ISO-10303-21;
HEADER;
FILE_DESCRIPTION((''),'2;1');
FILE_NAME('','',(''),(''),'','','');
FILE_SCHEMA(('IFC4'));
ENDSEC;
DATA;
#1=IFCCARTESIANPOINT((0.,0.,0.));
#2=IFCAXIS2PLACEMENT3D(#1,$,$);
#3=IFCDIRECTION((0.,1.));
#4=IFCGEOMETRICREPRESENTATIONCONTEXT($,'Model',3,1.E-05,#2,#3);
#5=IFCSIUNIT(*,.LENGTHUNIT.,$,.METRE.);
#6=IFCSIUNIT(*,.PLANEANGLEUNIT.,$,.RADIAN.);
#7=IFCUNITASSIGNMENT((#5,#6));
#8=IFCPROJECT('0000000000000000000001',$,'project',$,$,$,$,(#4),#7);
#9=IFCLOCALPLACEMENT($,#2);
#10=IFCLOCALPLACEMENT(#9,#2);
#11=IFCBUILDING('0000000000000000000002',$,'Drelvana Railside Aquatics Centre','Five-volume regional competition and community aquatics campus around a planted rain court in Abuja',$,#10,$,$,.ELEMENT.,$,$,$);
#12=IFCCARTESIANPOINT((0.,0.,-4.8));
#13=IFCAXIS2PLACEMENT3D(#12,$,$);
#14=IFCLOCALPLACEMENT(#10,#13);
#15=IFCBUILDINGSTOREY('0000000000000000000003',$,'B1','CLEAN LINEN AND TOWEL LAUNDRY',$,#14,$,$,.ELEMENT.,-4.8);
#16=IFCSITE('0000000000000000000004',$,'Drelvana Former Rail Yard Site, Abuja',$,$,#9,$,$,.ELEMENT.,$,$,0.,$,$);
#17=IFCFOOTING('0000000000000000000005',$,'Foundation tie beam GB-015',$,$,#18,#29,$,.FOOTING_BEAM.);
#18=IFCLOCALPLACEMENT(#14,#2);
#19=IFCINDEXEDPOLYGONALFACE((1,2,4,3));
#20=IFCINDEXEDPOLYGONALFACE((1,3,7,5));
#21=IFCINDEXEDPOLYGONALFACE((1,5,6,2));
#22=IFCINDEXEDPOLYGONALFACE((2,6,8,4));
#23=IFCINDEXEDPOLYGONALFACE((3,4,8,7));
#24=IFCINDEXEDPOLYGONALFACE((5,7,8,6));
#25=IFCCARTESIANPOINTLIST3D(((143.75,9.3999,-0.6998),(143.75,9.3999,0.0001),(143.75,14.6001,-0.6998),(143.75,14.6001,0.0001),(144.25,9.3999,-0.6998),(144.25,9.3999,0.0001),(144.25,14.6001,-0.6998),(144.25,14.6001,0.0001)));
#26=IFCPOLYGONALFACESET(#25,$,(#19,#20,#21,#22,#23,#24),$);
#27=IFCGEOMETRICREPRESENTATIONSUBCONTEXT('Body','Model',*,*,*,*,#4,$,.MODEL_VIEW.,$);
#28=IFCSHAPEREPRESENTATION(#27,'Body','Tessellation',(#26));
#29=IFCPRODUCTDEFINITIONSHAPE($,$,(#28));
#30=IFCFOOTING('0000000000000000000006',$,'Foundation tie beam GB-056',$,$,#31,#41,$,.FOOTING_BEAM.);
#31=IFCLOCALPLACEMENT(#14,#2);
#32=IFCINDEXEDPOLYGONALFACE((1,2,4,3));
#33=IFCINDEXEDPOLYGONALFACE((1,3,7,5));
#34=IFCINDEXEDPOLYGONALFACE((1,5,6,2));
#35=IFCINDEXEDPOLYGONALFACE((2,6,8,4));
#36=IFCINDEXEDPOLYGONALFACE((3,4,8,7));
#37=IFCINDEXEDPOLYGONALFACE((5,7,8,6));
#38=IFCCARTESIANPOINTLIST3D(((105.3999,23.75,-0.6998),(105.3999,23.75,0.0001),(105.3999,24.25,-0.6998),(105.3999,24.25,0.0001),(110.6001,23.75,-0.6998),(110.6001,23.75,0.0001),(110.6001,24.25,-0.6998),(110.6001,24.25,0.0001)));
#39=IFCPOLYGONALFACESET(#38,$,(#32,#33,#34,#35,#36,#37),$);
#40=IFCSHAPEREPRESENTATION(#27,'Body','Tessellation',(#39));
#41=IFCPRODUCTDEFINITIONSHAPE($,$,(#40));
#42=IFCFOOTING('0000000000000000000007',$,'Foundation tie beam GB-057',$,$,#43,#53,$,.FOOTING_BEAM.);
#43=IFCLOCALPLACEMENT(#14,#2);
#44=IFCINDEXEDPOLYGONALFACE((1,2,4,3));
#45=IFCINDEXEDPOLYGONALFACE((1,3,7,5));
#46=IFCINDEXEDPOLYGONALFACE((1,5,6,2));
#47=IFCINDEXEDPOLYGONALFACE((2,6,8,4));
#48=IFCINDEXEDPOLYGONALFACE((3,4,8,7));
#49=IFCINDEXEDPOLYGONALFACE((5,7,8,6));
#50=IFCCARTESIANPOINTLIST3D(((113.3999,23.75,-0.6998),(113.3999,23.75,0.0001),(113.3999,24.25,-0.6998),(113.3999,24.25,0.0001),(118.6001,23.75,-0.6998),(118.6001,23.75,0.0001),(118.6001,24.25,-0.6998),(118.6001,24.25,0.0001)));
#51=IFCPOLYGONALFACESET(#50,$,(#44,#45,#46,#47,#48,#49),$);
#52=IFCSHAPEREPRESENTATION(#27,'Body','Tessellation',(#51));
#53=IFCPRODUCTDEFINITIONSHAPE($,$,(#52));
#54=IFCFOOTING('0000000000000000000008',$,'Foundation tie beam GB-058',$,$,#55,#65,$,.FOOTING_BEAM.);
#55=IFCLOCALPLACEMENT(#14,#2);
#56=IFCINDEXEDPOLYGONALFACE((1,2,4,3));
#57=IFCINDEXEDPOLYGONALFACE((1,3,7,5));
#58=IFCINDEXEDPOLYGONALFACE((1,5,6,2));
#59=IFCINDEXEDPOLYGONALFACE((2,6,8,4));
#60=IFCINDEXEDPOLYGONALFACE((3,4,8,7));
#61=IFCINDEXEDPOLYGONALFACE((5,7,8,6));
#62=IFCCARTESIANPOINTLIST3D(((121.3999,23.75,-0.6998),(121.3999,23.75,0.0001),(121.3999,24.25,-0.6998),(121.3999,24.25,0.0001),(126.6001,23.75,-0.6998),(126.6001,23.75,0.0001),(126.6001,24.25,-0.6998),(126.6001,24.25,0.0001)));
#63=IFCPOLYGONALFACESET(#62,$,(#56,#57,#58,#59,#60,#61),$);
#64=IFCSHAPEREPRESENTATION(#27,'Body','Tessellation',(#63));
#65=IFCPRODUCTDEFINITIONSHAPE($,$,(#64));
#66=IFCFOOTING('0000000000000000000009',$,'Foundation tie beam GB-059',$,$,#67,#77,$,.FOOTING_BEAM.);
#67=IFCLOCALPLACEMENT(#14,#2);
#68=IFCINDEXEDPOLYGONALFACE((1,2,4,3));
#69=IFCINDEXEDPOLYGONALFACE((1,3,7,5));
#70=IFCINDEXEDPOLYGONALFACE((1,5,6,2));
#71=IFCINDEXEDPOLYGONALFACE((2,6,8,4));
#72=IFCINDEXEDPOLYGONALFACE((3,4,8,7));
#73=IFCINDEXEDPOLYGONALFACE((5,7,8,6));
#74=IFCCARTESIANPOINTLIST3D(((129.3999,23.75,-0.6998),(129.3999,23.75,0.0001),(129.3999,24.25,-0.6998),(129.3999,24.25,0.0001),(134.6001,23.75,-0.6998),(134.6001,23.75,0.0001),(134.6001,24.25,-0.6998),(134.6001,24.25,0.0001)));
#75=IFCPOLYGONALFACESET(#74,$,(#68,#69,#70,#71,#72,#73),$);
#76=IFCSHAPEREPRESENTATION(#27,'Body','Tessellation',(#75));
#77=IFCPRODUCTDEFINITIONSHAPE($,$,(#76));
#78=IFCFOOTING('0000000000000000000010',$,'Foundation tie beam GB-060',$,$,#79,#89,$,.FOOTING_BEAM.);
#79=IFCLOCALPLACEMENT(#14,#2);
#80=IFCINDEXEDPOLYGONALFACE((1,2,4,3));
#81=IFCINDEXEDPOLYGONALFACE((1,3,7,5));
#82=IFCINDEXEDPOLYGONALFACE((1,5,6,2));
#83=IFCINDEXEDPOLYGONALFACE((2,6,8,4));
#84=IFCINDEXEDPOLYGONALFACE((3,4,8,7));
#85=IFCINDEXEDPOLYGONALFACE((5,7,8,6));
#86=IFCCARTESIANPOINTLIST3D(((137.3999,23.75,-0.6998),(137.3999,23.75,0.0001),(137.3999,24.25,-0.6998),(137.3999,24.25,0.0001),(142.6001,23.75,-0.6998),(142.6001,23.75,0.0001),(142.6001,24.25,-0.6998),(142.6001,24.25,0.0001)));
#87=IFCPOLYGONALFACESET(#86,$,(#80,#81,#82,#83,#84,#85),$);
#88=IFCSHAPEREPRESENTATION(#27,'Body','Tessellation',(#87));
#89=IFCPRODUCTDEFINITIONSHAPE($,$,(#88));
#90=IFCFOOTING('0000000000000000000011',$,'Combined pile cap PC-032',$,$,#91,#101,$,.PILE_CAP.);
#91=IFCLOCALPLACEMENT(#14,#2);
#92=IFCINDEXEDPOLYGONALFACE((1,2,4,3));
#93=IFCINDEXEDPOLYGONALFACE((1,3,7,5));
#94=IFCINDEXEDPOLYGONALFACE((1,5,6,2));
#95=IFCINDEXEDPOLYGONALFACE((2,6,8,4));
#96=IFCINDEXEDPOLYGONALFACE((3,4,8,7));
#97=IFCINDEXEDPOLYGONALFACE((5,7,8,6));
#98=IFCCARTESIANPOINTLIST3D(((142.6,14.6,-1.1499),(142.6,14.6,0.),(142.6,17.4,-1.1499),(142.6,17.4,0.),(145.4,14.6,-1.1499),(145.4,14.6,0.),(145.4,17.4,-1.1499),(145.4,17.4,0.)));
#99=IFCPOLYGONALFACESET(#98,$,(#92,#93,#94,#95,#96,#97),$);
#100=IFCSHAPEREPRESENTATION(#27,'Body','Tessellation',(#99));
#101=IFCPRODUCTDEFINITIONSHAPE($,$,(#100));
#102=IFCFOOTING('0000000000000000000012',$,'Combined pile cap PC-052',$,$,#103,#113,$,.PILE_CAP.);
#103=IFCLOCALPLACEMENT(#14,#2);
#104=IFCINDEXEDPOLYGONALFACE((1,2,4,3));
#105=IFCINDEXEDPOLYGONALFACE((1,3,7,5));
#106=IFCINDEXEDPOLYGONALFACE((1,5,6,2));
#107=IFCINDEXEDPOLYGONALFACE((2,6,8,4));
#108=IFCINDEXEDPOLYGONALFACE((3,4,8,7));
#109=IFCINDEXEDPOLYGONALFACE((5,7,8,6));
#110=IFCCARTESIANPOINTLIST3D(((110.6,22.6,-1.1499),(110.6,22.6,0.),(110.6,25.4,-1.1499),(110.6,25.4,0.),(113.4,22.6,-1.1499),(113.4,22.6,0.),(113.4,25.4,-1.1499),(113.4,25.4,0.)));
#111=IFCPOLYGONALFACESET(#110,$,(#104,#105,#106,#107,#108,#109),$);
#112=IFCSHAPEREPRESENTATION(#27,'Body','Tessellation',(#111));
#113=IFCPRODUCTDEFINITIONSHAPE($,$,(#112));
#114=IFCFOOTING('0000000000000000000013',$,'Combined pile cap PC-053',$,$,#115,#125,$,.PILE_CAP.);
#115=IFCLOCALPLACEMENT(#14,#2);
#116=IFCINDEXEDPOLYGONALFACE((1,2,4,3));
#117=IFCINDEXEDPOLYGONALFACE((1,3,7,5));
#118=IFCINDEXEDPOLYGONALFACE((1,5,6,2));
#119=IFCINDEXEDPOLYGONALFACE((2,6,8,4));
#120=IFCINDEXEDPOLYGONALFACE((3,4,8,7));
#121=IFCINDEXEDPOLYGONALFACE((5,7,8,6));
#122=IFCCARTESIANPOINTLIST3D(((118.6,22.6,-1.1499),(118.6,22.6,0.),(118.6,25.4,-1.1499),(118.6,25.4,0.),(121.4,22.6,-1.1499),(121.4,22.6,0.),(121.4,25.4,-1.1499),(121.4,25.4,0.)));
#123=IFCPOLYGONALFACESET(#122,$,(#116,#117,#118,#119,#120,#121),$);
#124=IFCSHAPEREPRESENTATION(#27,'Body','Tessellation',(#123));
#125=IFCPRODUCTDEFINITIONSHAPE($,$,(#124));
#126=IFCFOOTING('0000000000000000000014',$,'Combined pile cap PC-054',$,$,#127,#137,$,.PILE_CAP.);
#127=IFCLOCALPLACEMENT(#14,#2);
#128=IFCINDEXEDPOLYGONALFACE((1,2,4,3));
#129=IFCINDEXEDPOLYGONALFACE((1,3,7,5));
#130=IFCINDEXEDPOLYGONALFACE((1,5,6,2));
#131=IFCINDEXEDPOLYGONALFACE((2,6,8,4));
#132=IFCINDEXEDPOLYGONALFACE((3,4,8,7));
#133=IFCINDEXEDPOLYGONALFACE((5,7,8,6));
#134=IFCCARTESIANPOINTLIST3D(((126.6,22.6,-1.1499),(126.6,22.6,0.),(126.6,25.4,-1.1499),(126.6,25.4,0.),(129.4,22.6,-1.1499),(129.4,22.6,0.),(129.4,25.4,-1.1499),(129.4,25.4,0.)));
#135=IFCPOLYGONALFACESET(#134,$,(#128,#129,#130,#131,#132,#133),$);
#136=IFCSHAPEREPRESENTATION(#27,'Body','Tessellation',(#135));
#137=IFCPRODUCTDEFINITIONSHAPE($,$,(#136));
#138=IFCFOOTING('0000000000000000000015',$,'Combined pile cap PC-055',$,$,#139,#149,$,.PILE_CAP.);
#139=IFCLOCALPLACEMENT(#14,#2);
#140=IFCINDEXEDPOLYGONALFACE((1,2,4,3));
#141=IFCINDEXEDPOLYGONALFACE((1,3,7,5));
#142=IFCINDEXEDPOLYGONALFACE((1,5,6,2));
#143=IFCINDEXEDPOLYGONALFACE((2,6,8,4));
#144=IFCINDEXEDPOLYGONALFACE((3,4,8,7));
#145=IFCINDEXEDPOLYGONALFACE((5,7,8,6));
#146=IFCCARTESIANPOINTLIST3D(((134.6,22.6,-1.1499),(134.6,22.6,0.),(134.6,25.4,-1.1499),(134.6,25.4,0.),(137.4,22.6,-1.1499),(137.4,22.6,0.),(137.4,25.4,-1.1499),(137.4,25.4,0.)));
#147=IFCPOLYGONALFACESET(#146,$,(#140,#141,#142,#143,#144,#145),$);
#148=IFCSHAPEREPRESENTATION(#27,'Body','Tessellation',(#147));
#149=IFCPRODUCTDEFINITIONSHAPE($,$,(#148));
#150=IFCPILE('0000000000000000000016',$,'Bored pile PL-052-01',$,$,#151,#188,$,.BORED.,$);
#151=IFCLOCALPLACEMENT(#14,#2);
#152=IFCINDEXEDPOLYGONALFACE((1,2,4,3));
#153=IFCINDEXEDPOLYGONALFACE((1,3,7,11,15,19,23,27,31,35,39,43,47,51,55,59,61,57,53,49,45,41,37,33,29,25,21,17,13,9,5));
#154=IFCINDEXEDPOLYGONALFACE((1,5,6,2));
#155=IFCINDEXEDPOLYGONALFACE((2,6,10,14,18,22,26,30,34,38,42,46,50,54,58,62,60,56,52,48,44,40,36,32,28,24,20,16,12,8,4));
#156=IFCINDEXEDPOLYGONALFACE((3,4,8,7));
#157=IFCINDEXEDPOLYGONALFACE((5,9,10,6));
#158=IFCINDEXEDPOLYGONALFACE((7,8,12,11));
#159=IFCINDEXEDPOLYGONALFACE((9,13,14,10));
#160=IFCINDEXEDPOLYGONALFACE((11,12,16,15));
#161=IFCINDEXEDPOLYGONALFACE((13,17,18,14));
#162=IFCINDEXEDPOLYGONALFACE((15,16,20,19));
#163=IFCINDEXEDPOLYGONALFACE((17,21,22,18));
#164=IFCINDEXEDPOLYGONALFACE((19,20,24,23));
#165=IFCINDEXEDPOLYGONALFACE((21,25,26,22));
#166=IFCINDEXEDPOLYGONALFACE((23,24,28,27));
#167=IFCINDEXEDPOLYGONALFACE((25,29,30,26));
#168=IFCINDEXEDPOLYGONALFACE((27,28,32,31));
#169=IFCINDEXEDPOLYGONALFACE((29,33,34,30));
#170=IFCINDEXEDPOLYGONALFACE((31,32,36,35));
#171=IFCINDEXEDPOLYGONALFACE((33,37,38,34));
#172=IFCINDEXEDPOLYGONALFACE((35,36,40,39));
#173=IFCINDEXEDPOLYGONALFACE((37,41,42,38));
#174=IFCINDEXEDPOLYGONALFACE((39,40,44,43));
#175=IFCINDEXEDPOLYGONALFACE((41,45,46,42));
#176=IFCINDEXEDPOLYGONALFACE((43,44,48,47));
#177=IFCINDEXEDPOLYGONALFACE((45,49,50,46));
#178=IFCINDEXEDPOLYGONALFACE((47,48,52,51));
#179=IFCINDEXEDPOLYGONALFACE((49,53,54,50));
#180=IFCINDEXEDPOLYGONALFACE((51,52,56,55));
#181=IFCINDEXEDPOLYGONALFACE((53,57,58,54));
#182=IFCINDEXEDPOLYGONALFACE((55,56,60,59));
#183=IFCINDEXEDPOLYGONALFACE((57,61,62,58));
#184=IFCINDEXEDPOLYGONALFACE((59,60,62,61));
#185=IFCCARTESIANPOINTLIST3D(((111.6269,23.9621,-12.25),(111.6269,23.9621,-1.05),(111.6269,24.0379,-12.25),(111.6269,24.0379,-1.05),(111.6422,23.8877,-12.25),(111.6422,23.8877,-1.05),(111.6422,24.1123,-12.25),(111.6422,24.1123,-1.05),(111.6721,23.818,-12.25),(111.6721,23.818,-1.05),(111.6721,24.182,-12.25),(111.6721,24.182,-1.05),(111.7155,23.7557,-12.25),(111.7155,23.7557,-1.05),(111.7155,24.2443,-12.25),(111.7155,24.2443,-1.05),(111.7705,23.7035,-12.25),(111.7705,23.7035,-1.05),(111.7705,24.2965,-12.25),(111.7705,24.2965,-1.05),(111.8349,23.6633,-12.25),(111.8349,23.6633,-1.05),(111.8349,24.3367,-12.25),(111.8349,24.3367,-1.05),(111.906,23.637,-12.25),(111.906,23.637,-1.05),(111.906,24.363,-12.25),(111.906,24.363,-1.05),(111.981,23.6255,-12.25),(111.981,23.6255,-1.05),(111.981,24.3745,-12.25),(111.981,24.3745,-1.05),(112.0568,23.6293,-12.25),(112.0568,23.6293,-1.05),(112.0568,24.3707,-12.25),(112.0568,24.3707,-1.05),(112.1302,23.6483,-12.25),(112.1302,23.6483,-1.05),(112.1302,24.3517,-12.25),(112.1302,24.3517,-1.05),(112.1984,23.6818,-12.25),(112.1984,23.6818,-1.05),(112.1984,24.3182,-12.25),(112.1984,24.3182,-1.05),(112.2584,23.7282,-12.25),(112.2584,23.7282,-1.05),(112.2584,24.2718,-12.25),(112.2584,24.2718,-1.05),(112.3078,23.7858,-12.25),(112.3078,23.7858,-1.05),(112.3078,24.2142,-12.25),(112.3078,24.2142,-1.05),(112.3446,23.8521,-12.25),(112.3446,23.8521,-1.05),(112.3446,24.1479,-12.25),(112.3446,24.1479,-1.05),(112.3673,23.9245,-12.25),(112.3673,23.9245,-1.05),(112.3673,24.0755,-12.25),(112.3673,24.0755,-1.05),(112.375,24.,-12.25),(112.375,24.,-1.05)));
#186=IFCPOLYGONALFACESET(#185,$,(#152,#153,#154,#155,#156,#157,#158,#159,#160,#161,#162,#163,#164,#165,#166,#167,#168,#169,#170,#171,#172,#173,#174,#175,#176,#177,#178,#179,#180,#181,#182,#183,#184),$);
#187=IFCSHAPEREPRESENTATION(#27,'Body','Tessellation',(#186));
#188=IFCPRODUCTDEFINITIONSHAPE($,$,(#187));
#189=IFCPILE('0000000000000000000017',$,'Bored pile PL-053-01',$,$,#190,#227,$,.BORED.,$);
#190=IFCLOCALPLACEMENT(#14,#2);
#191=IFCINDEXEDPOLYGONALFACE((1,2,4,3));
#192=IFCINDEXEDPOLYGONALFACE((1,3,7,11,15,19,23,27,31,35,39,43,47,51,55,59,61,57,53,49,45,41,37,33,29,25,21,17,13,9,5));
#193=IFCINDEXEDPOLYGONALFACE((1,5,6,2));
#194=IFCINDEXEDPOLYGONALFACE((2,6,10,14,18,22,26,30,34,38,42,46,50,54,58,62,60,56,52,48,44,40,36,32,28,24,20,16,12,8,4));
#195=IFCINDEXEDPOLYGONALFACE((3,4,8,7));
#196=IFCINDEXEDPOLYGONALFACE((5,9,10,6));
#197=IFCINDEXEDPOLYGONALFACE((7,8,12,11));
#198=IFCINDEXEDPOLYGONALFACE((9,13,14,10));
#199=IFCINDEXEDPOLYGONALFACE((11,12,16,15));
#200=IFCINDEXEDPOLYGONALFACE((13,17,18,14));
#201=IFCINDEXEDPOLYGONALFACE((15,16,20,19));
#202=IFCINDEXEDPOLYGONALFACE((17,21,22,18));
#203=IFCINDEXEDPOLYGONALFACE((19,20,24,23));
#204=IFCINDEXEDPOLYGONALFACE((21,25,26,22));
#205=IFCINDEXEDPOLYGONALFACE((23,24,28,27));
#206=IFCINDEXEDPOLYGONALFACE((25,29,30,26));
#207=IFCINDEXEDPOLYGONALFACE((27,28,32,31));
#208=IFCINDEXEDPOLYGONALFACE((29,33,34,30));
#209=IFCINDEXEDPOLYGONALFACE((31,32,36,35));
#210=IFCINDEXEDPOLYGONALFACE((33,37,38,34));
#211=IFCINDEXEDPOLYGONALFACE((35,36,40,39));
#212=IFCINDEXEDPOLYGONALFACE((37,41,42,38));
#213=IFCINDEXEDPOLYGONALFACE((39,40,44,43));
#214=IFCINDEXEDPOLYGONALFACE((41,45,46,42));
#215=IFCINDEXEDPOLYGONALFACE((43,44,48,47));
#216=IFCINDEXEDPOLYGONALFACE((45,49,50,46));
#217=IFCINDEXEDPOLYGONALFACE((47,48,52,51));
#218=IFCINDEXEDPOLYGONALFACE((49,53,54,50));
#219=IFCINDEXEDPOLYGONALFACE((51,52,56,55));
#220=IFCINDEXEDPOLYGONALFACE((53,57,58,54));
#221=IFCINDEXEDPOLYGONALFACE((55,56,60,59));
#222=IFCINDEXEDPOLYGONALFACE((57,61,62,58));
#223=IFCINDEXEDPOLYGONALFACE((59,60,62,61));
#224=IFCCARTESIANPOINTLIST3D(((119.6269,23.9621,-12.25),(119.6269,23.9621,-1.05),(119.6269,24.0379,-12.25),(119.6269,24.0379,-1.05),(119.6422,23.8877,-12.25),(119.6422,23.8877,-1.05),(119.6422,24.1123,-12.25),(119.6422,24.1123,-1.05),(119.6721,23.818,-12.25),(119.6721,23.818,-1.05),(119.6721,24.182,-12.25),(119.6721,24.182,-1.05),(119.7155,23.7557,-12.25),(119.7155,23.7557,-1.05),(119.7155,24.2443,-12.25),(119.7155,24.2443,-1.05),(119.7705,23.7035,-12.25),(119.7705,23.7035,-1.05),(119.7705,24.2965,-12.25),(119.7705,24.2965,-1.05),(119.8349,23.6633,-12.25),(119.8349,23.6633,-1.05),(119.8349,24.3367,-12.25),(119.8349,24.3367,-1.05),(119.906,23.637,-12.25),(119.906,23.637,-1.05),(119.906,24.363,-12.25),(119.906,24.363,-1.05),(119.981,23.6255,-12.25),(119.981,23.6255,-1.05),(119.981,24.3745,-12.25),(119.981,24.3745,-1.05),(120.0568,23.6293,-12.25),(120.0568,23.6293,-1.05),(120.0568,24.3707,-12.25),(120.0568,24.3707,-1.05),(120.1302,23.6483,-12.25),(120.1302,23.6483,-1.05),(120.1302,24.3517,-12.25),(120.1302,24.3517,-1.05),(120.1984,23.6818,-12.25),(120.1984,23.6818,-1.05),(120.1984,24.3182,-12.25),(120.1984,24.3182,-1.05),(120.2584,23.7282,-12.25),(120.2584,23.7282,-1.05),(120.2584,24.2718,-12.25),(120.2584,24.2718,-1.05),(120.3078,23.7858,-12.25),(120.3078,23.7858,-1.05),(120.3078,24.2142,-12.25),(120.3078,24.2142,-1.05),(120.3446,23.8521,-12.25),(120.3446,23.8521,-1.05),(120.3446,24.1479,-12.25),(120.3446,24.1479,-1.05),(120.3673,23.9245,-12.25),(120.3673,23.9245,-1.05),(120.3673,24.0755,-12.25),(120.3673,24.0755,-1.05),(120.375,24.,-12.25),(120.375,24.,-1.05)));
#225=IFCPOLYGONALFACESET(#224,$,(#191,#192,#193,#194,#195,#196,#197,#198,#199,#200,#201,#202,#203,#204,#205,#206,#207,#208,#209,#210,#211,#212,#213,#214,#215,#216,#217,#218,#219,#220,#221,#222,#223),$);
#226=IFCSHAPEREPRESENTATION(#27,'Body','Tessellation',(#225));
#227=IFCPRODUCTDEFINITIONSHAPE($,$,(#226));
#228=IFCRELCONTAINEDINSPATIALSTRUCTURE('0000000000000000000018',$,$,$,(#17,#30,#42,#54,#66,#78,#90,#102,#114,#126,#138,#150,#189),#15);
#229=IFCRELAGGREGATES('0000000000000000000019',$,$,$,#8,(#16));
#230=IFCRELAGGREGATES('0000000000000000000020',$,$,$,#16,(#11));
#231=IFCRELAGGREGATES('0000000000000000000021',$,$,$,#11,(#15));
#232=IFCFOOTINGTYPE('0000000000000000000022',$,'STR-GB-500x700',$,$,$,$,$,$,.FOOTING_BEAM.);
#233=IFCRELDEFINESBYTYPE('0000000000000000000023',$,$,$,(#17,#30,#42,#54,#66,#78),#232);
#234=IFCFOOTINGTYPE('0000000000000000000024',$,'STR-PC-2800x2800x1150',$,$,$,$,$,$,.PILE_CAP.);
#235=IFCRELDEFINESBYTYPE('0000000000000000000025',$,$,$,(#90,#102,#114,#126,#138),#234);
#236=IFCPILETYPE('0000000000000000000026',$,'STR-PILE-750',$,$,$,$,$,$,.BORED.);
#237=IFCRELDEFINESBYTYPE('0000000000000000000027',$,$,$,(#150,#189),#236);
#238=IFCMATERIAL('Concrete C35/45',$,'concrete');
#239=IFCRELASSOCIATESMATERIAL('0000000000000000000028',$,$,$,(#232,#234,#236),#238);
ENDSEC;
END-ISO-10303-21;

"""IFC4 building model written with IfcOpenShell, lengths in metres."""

from ifc_helpers import new_model, si_unit, direction, frame, origin, origin_2d, place, context, subcontext, project, spatial, rectangle, circle, extrude, material, material_profile, profile_set, type_object, element, save


model = new_model("IFC4")

# Units and contexts
model_context = context("Model", 3, precision=1e-05, world=origin(), true_north=direction((0.0, 1.0)))
body_context = subcontext(model_context, "Body", "Model", "MODEL_VIEW")
ifc_project = project(units=[si_unit("LENGTHUNIT", "METRE"), si_unit("PLANEANGLEUNIT", "RADIAN")], contexts=[model_context])

# Site, building, storey
site_placement = place(None, origin())
site = spatial("IfcSite", under=ifc_project, at=site_placement, Name="Drelvana Former Rail Yard Site, Abuja", CompositionType="ELEMENT", RefElevation=0.0)
building_placement = place(site_placement, origin())
building = spatial("IfcBuilding", under=site, at=building_placement, Name="Drelvana Railside Aquatics Centre", Description="Five-volume regional competition and community aquatics campus around a planted rain court in Abuja", CompositionType="ELEMENT")
storey_placement = place(building_placement, frame((0.0, 0.0, -4.8)))
storey = spatial("IfcBuildingStorey", under=building, at=storey_placement, Name="B1", Description="CLEAN LINEN AND TOWEL LAUNDRY", CompositionType="ELEMENT", Elevation=-4.8)

# Footings
ifc_material_1 = material(Name="Concrete C35/45", Category="concrete")
ifc_material_profile_1 = material_profile(ifc_material_1, rectangle(XDim=0.5, YDim=0.7, at=origin_2d()), Name="GB 500x700")
ifc_profile_set_1 = profile_set([ifc_material_profile_1], Name="Concrete C35/45")
footing_type_1 = type_object("IfcFootingType", Name="STR-GB-500x700", PredefinedType="FOOTING_BEAM", material=ifc_profile_set_1)
for number, where, z_axis, x_axis, name in (
    (1, (144.0, 9.3999, -0.3499), (0.0, 1.0, 0.0), (-1.0, 0.0, 0.0), "Foundation tie beam GB-015"),
    (2, (105.3999, 24.0, -0.3499), (1.0, 0.0, 0.0), (0.0, 1.0, 0.0), "Foundation tie beam GB-056"),
    (3, (113.3999, 24.0, -0.3499), (1.0, 0.0, 0.0), (0.0, 1.0, 0.0), "Foundation tie beam GB-057"),
    (4, (121.3999, 24.0, -0.3499), (1.0, 0.0, 0.0), (0.0, 1.0, 0.0), "Foundation tie beam GB-058"),
    (5, (129.3999, 24.0, -0.3499), (1.0, 0.0, 0.0), (0.0, 1.0, 0.0), "Foundation tie beam GB-059"),
    (6, (137.3999, 24.0, -0.3499), (1.0, 0.0, 0.0), (0.0, 1.0, 0.0), "Foundation tie beam GB-060"),
):
    element("IfcFooting", number, at=place(storey_placement, frame(where, z_axis=z_axis, x_axis=x_axis)), inside=storey, type_object=footing_type_1, Name=name, PredefinedType="FOOTING_BEAM", context=body_context, shape_type="SweptSolid", body=[
        extrude(rectangle(XDim=0.5, YDim=0.7, at=origin_2d()), origin(), (0.0, 0.0, 1.0), 5.2002),
    ])
footing_type_2 = type_object("IfcFootingType", Name="STR-PC-2800x2800x1150", PredefinedType="PILE_CAP", material=ifc_material_1)
for number, where, z_axis, x_axis, name in (
    (7, (144.0, 16.0, -1.1499), (0.0, 0.0, 1.0), (1.0, 0.0, 0.0), "Combined pile cap PC-032"),
    (8, (112.0, 24.0, -1.1499), (0.0, 0.0, 1.0), (1.0, 0.0, 0.0), "Combined pile cap PC-052"),
    (9, (120.0, 24.0, -1.1499), (0.0, 0.0, 1.0), (1.0, 0.0, 0.0), "Combined pile cap PC-053"),
    (10, (128.0, 24.0, -1.1499), (0.0, 0.0, 1.0), (1.0, 0.0, 0.0), "Combined pile cap PC-054"),
    (11, (136.0, 24.0, -1.1499), (0.0, 0.0, 1.0), (1.0, 0.0, 0.0), "Combined pile cap PC-055"),
):
    element("IfcFooting", number, at=place(storey_placement, frame(where, z_axis=z_axis, x_axis=x_axis)), inside=storey, type_object=footing_type_2, Name=name, PredefinedType="PILE_CAP", context=body_context, shape_type="SweptSolid", body=[
        extrude(rectangle(XDim=2.8, YDim=2.8, at=origin_2d()), origin(), (0.0, 0.0, 1.0), 1.1499),
    ])

# Piles
ifc_material_profile_2 = material_profile(ifc_material_1, circle(Radius=0.375, at=origin_2d()), Name="PILE D750")
ifc_profile_set_2 = profile_set([ifc_material_profile_2], Name="Concrete C35/45")
pile_type = type_object("IfcPileType", Name="STR-PILE-750", PredefinedType="BORED", material=ifc_profile_set_2)
for number, where, z_axis, x_axis, name in (
    (12, (112.0, 24.0, -1.05), (0.0, 0.0, -1.0), (1.0, 0.0, 0.0), "Bored pile PL-052-01"),
    (13, (120.0, 24.0, -1.05), (0.0, 0.0, -1.0), (1.0, 0.0, 0.0), "Bored pile PL-053-01"),
):
    element("IfcPile", number, at=place(storey_placement, frame(where, z_axis=z_axis, x_axis=x_axis)), inside=storey, type_object=pile_type, Name=name, PredefinedType="BORED", context=body_context, shape_type="SweptSolid", body=[
        extrude(circle(Radius=0.375, at=origin_2d()), origin(), (0.0, 0.0, 1.0), 11.2),
    ])

save(model, "model.ifc")
